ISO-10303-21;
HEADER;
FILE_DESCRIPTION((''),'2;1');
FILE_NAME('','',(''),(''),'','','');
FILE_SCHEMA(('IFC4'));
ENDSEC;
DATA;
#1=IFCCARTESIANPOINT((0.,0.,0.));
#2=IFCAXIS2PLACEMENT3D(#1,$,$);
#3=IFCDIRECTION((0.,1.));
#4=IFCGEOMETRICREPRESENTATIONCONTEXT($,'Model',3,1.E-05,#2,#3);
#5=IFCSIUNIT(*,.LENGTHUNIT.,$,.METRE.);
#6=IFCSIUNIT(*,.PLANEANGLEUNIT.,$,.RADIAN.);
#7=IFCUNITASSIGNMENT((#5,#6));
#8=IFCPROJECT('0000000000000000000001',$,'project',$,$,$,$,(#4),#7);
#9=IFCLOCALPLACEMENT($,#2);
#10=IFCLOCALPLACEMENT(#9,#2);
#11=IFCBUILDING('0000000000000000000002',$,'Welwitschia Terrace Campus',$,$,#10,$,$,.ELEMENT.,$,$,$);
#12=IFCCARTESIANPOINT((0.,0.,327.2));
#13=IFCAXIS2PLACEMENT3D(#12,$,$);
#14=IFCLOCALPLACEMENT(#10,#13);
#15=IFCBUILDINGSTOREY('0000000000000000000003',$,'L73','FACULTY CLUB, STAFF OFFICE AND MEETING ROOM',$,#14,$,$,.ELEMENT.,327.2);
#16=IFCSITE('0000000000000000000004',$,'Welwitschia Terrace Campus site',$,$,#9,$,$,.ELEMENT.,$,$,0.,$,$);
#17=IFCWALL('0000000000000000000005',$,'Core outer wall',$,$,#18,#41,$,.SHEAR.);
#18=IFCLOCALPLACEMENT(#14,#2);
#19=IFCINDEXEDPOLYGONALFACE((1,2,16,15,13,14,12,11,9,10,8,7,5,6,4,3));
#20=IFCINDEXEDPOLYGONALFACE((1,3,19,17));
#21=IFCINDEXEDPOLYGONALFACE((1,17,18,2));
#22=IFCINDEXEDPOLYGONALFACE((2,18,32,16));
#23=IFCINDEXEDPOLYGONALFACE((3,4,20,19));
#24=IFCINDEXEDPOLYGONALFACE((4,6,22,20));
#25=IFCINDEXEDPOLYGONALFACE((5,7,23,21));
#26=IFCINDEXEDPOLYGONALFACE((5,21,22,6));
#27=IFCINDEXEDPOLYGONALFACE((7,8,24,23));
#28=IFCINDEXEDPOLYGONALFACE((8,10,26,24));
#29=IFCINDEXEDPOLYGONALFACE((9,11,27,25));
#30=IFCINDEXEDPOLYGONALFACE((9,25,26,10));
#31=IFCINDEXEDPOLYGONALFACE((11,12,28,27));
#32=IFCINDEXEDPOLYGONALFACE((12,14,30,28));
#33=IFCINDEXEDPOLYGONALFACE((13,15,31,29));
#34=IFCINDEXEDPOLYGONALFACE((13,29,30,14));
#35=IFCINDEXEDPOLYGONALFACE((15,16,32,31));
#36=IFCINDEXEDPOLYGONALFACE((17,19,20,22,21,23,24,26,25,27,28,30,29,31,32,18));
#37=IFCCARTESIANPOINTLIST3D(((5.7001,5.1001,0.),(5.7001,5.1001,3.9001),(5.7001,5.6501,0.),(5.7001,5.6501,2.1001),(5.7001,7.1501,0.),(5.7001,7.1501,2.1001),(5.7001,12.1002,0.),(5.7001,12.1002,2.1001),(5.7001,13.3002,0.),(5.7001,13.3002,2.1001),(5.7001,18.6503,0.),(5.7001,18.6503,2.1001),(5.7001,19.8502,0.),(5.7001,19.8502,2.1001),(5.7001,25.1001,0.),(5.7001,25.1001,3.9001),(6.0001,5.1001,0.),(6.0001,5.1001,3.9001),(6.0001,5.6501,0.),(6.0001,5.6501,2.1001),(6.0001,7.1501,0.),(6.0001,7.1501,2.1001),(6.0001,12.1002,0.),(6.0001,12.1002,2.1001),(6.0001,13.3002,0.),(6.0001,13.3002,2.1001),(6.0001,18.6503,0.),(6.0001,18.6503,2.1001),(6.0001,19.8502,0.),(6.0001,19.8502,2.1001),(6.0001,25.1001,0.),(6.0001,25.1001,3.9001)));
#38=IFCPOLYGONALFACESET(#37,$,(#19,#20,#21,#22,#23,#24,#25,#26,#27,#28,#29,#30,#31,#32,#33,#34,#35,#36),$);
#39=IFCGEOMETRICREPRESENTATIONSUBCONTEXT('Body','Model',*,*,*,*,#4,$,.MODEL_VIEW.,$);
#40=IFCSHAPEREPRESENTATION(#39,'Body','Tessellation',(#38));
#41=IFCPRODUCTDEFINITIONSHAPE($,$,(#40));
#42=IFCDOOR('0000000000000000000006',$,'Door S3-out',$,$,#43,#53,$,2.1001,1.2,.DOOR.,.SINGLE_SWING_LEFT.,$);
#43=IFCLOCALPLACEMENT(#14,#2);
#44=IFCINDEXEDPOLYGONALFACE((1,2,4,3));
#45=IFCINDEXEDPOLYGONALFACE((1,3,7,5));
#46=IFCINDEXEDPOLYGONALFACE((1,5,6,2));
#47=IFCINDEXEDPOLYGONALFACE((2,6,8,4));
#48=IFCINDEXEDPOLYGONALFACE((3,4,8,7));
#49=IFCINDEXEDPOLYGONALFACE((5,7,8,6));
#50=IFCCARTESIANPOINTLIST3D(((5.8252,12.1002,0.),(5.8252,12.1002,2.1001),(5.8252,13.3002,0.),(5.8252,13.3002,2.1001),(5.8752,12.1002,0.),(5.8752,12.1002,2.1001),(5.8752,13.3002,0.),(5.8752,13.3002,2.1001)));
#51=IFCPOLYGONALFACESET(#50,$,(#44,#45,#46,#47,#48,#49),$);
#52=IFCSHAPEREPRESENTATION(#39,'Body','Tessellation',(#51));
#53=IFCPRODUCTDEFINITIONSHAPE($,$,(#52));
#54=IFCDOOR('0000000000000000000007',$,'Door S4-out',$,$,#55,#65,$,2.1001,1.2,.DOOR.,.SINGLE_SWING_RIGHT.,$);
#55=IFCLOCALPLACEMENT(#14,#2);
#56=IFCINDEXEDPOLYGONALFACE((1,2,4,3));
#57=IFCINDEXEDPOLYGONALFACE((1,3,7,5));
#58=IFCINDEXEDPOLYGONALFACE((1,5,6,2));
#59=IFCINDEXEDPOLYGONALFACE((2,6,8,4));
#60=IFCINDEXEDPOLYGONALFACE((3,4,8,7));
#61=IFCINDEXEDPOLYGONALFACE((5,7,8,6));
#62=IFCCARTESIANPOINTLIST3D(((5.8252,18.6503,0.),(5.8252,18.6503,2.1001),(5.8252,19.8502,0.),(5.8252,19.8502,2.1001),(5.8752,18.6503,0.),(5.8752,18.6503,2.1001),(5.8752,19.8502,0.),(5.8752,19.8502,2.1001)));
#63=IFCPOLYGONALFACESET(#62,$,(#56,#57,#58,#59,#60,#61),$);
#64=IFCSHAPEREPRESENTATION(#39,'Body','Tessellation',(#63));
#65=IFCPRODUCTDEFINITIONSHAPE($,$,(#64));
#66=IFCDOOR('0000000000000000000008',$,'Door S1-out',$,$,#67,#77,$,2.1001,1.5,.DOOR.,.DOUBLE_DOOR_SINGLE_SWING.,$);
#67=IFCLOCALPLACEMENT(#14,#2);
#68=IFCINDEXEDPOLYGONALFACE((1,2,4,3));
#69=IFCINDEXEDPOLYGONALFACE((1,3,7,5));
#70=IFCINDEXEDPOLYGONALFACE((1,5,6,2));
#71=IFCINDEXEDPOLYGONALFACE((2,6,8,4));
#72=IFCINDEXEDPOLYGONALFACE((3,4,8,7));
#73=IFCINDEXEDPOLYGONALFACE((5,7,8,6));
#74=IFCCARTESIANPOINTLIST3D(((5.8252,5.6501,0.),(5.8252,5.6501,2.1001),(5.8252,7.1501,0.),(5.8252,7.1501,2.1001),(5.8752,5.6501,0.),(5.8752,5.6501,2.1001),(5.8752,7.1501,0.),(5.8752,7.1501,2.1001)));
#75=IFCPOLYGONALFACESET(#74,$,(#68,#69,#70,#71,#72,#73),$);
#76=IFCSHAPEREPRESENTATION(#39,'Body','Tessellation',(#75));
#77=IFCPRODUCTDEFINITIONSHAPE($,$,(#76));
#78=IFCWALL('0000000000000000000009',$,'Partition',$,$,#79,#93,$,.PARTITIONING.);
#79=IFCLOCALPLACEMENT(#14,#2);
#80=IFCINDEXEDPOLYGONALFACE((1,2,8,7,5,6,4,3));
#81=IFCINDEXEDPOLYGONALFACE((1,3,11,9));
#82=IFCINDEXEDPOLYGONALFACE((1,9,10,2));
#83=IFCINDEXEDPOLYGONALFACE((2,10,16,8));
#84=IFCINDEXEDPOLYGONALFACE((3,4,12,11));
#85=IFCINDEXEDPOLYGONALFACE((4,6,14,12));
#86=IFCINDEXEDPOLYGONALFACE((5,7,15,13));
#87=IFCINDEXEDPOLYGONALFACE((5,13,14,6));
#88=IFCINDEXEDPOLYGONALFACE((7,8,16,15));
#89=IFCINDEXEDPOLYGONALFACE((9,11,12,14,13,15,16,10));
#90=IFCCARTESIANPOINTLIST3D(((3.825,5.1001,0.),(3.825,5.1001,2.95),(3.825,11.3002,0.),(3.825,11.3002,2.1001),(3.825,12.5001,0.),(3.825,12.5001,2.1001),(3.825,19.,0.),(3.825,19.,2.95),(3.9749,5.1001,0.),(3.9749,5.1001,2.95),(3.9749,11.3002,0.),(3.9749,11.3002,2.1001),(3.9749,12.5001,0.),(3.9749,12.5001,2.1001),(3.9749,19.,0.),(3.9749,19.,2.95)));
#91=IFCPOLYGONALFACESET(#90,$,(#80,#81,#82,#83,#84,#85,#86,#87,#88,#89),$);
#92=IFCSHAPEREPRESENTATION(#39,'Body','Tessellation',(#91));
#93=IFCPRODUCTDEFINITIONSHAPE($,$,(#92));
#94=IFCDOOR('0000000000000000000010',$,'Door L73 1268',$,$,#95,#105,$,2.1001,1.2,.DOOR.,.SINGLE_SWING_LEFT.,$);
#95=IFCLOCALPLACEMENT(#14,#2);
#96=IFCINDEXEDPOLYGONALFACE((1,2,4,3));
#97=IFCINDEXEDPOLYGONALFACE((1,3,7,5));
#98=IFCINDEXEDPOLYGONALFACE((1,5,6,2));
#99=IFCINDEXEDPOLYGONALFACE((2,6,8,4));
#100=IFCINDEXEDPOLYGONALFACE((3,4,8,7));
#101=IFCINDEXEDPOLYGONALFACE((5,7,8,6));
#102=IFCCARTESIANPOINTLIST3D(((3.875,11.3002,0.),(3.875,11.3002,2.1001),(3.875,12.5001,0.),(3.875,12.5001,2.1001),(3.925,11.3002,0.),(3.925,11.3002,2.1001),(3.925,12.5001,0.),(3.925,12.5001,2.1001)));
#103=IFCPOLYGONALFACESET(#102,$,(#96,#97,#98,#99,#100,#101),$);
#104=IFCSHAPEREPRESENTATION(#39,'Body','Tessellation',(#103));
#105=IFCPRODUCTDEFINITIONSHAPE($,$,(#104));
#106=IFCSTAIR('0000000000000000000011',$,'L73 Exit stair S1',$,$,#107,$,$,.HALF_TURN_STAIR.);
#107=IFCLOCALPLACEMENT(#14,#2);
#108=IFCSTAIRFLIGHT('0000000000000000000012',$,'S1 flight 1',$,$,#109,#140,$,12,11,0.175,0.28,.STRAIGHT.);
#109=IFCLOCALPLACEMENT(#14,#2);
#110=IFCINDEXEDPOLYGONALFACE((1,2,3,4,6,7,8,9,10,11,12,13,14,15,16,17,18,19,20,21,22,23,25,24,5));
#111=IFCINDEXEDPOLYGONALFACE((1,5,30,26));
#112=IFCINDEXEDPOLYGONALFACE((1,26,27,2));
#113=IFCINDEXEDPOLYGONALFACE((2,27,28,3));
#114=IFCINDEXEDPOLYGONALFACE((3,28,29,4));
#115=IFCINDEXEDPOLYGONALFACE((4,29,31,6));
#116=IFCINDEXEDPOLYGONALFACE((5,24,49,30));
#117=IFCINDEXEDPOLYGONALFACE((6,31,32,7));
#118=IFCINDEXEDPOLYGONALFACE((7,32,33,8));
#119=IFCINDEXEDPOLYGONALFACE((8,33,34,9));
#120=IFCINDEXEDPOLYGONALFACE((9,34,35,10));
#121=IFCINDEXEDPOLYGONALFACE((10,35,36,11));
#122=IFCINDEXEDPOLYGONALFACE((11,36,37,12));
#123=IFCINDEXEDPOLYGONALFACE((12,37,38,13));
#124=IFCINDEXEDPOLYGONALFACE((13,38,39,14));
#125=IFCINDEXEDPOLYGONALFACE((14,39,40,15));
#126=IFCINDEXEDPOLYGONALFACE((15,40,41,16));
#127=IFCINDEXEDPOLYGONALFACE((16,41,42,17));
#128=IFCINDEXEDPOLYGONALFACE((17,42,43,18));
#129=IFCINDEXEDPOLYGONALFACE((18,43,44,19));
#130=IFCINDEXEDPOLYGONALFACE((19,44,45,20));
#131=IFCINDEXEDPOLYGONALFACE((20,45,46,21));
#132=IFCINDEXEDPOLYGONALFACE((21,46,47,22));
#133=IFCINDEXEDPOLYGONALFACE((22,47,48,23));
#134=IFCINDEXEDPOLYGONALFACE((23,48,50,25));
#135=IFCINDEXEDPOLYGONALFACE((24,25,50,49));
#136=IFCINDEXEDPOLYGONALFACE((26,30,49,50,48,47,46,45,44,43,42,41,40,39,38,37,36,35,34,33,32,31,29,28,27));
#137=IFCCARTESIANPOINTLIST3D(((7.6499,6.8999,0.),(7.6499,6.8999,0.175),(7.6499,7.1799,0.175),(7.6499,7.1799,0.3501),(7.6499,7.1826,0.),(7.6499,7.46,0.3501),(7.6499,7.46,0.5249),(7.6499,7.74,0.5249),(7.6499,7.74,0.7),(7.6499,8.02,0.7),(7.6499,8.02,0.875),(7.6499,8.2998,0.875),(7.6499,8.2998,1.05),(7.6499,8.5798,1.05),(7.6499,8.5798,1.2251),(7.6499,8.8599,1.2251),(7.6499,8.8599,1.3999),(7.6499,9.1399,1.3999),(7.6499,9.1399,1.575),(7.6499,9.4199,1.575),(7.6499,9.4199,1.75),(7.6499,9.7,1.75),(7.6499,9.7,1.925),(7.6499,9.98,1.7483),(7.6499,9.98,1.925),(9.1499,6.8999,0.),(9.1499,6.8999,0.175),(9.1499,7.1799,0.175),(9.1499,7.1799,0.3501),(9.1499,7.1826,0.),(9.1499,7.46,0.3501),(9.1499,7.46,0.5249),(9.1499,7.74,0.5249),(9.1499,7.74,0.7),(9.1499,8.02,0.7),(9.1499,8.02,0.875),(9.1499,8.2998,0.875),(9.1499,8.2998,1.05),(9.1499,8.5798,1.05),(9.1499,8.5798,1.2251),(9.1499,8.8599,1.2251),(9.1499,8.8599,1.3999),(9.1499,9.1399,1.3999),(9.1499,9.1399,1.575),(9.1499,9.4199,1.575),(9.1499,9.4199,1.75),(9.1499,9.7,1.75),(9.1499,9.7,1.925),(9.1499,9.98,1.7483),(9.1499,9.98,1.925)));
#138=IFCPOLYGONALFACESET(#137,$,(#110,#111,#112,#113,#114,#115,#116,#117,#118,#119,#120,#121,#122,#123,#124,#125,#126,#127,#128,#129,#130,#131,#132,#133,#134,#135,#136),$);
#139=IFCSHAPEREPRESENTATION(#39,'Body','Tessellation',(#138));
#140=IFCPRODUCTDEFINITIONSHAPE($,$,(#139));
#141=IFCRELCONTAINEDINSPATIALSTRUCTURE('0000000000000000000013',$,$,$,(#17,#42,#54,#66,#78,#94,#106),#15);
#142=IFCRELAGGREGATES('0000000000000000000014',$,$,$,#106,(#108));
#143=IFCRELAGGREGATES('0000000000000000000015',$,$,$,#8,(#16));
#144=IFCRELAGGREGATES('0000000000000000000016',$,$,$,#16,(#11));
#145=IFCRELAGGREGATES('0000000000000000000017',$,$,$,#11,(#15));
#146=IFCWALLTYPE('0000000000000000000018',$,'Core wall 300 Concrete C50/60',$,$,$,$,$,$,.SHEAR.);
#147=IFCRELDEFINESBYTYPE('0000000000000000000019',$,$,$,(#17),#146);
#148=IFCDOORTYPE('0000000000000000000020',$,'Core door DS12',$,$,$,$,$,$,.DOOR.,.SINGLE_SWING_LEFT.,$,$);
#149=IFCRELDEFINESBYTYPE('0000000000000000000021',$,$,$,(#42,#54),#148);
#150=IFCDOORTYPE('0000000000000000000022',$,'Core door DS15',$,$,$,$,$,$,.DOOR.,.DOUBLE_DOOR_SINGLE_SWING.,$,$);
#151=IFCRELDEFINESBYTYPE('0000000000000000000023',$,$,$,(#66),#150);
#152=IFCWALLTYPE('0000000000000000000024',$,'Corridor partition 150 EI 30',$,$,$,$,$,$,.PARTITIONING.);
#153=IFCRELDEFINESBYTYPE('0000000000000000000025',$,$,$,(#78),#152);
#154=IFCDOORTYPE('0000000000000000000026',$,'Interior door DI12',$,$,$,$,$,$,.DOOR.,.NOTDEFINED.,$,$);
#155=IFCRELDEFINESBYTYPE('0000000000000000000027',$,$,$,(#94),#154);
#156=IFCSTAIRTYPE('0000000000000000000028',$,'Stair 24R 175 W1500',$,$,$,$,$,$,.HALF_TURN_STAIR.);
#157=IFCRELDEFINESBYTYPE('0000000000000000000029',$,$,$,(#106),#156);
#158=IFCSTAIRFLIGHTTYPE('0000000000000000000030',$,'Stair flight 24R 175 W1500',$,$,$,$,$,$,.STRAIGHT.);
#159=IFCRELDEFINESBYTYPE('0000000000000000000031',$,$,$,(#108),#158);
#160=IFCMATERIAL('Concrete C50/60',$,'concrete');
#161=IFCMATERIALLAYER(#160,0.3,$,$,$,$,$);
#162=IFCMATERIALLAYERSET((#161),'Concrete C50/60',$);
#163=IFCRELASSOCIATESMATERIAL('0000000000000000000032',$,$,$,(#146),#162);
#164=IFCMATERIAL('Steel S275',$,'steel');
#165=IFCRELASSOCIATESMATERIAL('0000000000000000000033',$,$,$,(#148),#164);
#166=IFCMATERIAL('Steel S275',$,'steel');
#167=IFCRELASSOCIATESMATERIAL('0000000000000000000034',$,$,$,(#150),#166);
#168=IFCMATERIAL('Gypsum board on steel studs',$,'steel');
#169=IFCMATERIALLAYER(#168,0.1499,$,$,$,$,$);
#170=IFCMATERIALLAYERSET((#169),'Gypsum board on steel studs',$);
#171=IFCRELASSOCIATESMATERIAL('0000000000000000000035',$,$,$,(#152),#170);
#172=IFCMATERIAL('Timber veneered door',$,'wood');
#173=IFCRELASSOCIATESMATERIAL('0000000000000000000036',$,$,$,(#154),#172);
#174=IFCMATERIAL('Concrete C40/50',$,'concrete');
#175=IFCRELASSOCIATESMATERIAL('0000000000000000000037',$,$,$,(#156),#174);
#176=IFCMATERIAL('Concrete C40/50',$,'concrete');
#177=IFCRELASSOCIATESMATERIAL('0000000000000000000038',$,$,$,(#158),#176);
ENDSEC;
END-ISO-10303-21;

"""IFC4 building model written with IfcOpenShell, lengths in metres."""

from ifc_helpers import new_model, si_unit, direction, frame, frame_2d, origin, place, context, subcontext, project, spatial, polyline, rectangle, outline, extrude, material, layer, layer_set, type_object, element, fill, aggregate, save


model = new_model("IFC4")

# Units and contexts
model_context = context("Model", 3, precision=1e-05, world=origin(), true_north=direction((0.0, 1.0)))
body_context = subcontext(model_context, "Body", "Model", "MODEL_VIEW")
ifc_project = project(units=[si_unit("LENGTHUNIT", "METRE"), si_unit("PLANEANGLEUNIT", "RADIAN")], contexts=[model_context])

# Site, building, storey
site_placement = place(None, origin())
site = spatial("IfcSite", under=ifc_project, at=site_placement, Name="Welwitschia Terrace Campus site", CompositionType="ELEMENT", RefElevation=0.0)
building_placement = place(site_placement, origin())
building = spatial("IfcBuilding", under=site, at=building_placement, Name="Welwitschia Terrace Campus", CompositionType="ELEMENT")
storey_placement = place(building_placement, frame((0.0, 0.0, 327.2)))
storey = spatial("IfcBuildingStorey", under=building, at=storey_placement, Name="L73", Description="FACULTY CLUB, STAFF OFFICE AND MEETING ROOM", CompositionType="ELEMENT", Elevation=327.2)

# Wall, openings, doors
ifc_material_1 = material(Name="Concrete C50/60", Category="concrete")
ifc_layer_1 = layer(ifc_material_1, 0.3)
ifc_layer_set_1 = layer_set([ifc_layer_1], Name="Concrete C50/60")
wall_type_1 = type_object("IfcWallType", Name="Core wall 300 Concrete C50/60", PredefinedType="SHEAR", material=ifc_layer_set_1)
wall_1_placement = place(storey_placement, frame((5.8501, 5.1001, 0.0), z_axis=(0.0, 0.0, 1.0), x_axis=(0.0, 1.0, 0.0)))
wall_1 = element("IfcWall", 1, at=wall_1_placement, inside=storey, type_object=wall_type_1, Name="Core outer wall", PredefinedType="SHEAR", context=body_context, shape_type="SweptSolid", body=[
    extrude(rectangle(XDim=20.0, YDim=0.3, at=frame_2d((10.0, 0.0))), origin(), (0.0, 0.0, 1.0), 3.9001),
])
opening_1_placement = place(wall_1_placement, frame((0.55, 0.0, 0.0)))
opening_1 = element("IfcOpeningElement", 2, at=opening_1_placement, cuts=wall_1, PredefinedType="OPENING", context=body_context, shape_type="SweptSolid", body=[
    extrude(rectangle(XDim=1.5, YDim=2.1001, at=frame_2d((0.75, 1.05))), frame((0.0, 0.1599, 0.0), z_axis=(0.0, -1.0, 0.0), x_axis=(1.0, 0.0, 0.0)), (0.0, 0.0, 1.0), 0.3201),
])
opening_2_placement = place(wall_1_placement, frame((7.0, 0.0, 0.0)))
opening_2 = element("IfcOpeningElement", 3, at=opening_2_placement, cuts=wall_1, PredefinedType="OPENING", context=body_context, shape_type="SweptSolid", body=[
    extrude(rectangle(XDim=1.2, YDim=2.1001, at=frame_2d((0.6001, 1.05))), frame((0.0, 0.1599, 0.0), z_axis=(0.0, -1.0, 0.0), x_axis=(1.0, 0.0, 0.0)), (0.0, 0.0, 1.0), 0.3201),
])
opening_3_placement = place(wall_1_placement, frame((13.55, 0.0, 0.0)))
opening_3 = element("IfcOpeningElement", 4, at=opening_3_placement, cuts=wall_1, PredefinedType="OPENING", context=body_context, shape_type="SweptSolid", body=[
    extrude(rectangle(XDim=1.2, YDim=2.1001, at=frame_2d((0.6001, 1.05))), frame((0.0, 0.1599, 0.0), z_axis=(0.0, -1.0, 0.0), x_axis=(1.0, 0.0, 0.0)), (0.0, 0.0, 1.0), 0.3201),
])
ifc_material_2 = material(Name="Steel S275", Category="steel")
door_type_1 = type_object("IfcDoorType", Name="Core door DS12", OperationType="SINGLE_SWING_LEFT", PredefinedType="DOOR", material=ifc_material_2)
door_1_placement = place(opening_2_placement, origin())
door_1 = element("IfcDoor", 5, at=door_1_placement, inside=storey, type_object=door_type_1, Name="Door S3-out", OperationType="SINGLE_SWING_LEFT", OverallHeight=2.1001, OverallWidth=1.2, PredefinedType="DOOR", context=body_context, shape_type="SweptSolid", body=[
    extrude(rectangle(XDim=1.2, YDim=2.1001, at=frame_2d((0.6001, 1.05))), frame((0.0, 0.0249, 0.0), z_axis=(0.0, -1.0, 0.0), x_axis=(1.0, 0.0, 0.0)), (0.0, 0.0, 1.0), 0.05),
])
fill(opening_2, door_1)
door_2_placement = place(opening_3_placement, origin())
door_2 = element("IfcDoor", 6, at=door_2_placement, inside=storey, type_object=door_type_1, Name="Door S4-out", OperationType="SINGLE_SWING_RIGHT", OverallHeight=2.1001, OverallWidth=1.2, PredefinedType="DOOR", context=body_context, shape_type="SweptSolid", body=[
    extrude(rectangle(XDim=1.2, YDim=2.1001, at=frame_2d((0.6001, 1.05))), frame((0.0, 0.0249, 0.0), z_axis=(0.0, -1.0, 0.0), x_axis=(1.0, 0.0, 0.0)), (0.0, 0.0, 1.0), 0.05),
])
fill(opening_3, door_2)
ifc_material_3 = material(Name="Steel S275", Category="steel")
door_type_2 = type_object("IfcDoorType", Name="Core door DS15", OperationType="DOUBLE_DOOR_SINGLE_SWING", PredefinedType="DOOR", material=ifc_material_3)
door_3_placement = place(opening_1_placement, origin())
door_3 = element("IfcDoor", 7, at=door_3_placement, inside=storey, type_object=door_type_2, Name="Door S1-out", OperationType="DOUBLE_DOOR_SINGLE_SWING", OverallHeight=2.1001, OverallWidth=1.5, PredefinedType="DOOR", context=body_context, shape_type="SweptSolid", body=[
    extrude(rectangle(XDim=1.5, YDim=2.1001, at=frame_2d((0.75, 1.05))), frame((0.0, 0.0249, 0.0), z_axis=(0.0, -1.0, 0.0), x_axis=(1.0, 0.0, 0.0)), (0.0, 0.0, 1.0), 0.05),
])
fill(opening_1, door_3)

# Wall, opening, door
ifc_material_4 = material(Name="Gypsum board on steel studs", Category="steel")
ifc_layer_2 = layer(ifc_material_4, 0.1499)
ifc_layer_set_2 = layer_set([ifc_layer_2], Name="Gypsum board on steel studs")
wall_type_2 = type_object("IfcWallType", Name="Corridor partition 150 EI 30", PredefinedType="PARTITIONING", material=ifc_layer_set_2)
wall_2_placement = place(storey_placement, frame((3.8999, 5.1001, 0.0), z_axis=(0.0, 0.0, 1.0), x_axis=(0.0, 1.0, 0.0)))
wall_2 = element("IfcWall", 8, at=wall_2_placement, inside=storey, type_object=wall_type_2, Name="Partition", PredefinedType="PARTITIONING", context=body_context, shape_type="SweptSolid", body=[
    extrude(rectangle(XDim=13.8999, YDim=0.1499, at=frame_2d((6.95, 0.0))), origin(), (0.0, 0.0, 1.0), 2.95),
])
opening_4_placement = place(wall_2_placement, frame((6.2, 0.0, 0.0)))
opening_4 = element("IfcOpeningElement", 9, at=opening_4_placement, cuts=wall_2, PredefinedType="OPENING", context=body_context, shape_type="SweptSolid", body=[
    extrude(rectangle(XDim=1.2, YDim=2.1001, at=frame_2d((0.6001, 1.05))), frame((0.0, 0.085, 0.0), z_axis=(0.0, -1.0, 0.0), x_axis=(1.0, 0.0, 0.0)), (0.0, 0.0, 1.0), 0.1699),
])
ifc_material_5 = material(Name="Timber veneered door", Category="wood")
door_type_3 = type_object("IfcDoorType", Name="Interior door DI12", OperationType="NOTDEFINED", PredefinedType="DOOR", material=ifc_material_5)
door_4_placement = place(opening_4_placement, origin())
door_4 = element("IfcDoor", 10, at=door_4_placement, inside=storey, type_object=door_type_3, Name="Door L73 1268", OperationType="SINGLE_SWING_LEFT", OverallHeight=2.1001, OverallWidth=1.2, PredefinedType="DOOR", context=body_context, shape_type="SweptSolid", body=[
    extrude(rectangle(XDim=1.2, YDim=2.1001, at=frame_2d((0.6001, 1.05))), frame((0.0, 0.0249, 0.0), z_axis=(0.0, -1.0, 0.0), x_axis=(1.0, 0.0, 0.0)), (0.0, 0.0, 1.0), 0.05),
])
fill(opening_4, door_4)

# Stair, stair flight
ifc_material_6 = material(Name="Concrete C40/50", Category="concrete")
stair_type = type_object("IfcStairType", Name="Stair 24R 175 W1500", PredefinedType="HALF_TURN_STAIR", material=ifc_material_6)
stair_placement = place(storey_placement, origin())
stair = element("IfcStair", 11, at=stair_placement, inside=storey, type_object=stair_type, Name="L73 Exit stair S1", PredefinedType="HALF_TURN_STAIR")
ifc_material_7 = material(Name="Concrete C40/50", Category="concrete")
stair_flight_type = type_object("IfcStairFlightType", Name="Stair flight 24R 175 W1500", PredefinedType="STRAIGHT", material=ifc_material_7)
stair_flight_1_placement = place(storey_placement, frame((8.3999, 6.8999, 0.0), z_axis=(0.0, 0.0, 1.0), x_axis=(0.0, 1.0, 0.0)))
stair_flight_1 = element("IfcStairFlight", 12, at=stair_flight_1_placement, type_object=stair_flight_type, Name="S1 flight 1", NumberOfRisers=12, NumberOfTreads=11, PredefinedType="STRAIGHT", RiserHeight=0.175, TreadLength=0.28, context=body_context, shape_type="SweptSolid", body=[
    extrude(outline(polyline([(0.0, 0.0), (0.0, 0.175), (0.28, 0.175), (0.28, 0.3501), (0.5601, 0.3501), (0.5601, 0.5249), (0.8401, 0.5249), (0.8401, 0.7), (1.1201, 0.7), (1.1201, 0.875), (1.3999, 0.875), (1.3999, 1.05), (1.6799, 1.05), (1.6799, 1.2251), (1.96, 1.2251), (1.96, 1.3999), (2.24, 1.3999), (2.24, 1.575), (2.52, 1.575), (2.52, 1.75), (2.8, 1.75), (2.8, 1.925), (3.0801, 1.925), (3.0801, 2.1001), (3.0801, 1.7483), (0.2827, 0.0), (0.0, 0.0)])), frame((0.0, 0.75, 0.0), z_axis=(0.0, -1.0, 0.0), x_axis=(1.0, 0.0, 0.0)), (0.0, 0.0, 1.0), 1.5),
])
aggregate(stair, [stair_flight_1])

save(model, "model.ifc")
